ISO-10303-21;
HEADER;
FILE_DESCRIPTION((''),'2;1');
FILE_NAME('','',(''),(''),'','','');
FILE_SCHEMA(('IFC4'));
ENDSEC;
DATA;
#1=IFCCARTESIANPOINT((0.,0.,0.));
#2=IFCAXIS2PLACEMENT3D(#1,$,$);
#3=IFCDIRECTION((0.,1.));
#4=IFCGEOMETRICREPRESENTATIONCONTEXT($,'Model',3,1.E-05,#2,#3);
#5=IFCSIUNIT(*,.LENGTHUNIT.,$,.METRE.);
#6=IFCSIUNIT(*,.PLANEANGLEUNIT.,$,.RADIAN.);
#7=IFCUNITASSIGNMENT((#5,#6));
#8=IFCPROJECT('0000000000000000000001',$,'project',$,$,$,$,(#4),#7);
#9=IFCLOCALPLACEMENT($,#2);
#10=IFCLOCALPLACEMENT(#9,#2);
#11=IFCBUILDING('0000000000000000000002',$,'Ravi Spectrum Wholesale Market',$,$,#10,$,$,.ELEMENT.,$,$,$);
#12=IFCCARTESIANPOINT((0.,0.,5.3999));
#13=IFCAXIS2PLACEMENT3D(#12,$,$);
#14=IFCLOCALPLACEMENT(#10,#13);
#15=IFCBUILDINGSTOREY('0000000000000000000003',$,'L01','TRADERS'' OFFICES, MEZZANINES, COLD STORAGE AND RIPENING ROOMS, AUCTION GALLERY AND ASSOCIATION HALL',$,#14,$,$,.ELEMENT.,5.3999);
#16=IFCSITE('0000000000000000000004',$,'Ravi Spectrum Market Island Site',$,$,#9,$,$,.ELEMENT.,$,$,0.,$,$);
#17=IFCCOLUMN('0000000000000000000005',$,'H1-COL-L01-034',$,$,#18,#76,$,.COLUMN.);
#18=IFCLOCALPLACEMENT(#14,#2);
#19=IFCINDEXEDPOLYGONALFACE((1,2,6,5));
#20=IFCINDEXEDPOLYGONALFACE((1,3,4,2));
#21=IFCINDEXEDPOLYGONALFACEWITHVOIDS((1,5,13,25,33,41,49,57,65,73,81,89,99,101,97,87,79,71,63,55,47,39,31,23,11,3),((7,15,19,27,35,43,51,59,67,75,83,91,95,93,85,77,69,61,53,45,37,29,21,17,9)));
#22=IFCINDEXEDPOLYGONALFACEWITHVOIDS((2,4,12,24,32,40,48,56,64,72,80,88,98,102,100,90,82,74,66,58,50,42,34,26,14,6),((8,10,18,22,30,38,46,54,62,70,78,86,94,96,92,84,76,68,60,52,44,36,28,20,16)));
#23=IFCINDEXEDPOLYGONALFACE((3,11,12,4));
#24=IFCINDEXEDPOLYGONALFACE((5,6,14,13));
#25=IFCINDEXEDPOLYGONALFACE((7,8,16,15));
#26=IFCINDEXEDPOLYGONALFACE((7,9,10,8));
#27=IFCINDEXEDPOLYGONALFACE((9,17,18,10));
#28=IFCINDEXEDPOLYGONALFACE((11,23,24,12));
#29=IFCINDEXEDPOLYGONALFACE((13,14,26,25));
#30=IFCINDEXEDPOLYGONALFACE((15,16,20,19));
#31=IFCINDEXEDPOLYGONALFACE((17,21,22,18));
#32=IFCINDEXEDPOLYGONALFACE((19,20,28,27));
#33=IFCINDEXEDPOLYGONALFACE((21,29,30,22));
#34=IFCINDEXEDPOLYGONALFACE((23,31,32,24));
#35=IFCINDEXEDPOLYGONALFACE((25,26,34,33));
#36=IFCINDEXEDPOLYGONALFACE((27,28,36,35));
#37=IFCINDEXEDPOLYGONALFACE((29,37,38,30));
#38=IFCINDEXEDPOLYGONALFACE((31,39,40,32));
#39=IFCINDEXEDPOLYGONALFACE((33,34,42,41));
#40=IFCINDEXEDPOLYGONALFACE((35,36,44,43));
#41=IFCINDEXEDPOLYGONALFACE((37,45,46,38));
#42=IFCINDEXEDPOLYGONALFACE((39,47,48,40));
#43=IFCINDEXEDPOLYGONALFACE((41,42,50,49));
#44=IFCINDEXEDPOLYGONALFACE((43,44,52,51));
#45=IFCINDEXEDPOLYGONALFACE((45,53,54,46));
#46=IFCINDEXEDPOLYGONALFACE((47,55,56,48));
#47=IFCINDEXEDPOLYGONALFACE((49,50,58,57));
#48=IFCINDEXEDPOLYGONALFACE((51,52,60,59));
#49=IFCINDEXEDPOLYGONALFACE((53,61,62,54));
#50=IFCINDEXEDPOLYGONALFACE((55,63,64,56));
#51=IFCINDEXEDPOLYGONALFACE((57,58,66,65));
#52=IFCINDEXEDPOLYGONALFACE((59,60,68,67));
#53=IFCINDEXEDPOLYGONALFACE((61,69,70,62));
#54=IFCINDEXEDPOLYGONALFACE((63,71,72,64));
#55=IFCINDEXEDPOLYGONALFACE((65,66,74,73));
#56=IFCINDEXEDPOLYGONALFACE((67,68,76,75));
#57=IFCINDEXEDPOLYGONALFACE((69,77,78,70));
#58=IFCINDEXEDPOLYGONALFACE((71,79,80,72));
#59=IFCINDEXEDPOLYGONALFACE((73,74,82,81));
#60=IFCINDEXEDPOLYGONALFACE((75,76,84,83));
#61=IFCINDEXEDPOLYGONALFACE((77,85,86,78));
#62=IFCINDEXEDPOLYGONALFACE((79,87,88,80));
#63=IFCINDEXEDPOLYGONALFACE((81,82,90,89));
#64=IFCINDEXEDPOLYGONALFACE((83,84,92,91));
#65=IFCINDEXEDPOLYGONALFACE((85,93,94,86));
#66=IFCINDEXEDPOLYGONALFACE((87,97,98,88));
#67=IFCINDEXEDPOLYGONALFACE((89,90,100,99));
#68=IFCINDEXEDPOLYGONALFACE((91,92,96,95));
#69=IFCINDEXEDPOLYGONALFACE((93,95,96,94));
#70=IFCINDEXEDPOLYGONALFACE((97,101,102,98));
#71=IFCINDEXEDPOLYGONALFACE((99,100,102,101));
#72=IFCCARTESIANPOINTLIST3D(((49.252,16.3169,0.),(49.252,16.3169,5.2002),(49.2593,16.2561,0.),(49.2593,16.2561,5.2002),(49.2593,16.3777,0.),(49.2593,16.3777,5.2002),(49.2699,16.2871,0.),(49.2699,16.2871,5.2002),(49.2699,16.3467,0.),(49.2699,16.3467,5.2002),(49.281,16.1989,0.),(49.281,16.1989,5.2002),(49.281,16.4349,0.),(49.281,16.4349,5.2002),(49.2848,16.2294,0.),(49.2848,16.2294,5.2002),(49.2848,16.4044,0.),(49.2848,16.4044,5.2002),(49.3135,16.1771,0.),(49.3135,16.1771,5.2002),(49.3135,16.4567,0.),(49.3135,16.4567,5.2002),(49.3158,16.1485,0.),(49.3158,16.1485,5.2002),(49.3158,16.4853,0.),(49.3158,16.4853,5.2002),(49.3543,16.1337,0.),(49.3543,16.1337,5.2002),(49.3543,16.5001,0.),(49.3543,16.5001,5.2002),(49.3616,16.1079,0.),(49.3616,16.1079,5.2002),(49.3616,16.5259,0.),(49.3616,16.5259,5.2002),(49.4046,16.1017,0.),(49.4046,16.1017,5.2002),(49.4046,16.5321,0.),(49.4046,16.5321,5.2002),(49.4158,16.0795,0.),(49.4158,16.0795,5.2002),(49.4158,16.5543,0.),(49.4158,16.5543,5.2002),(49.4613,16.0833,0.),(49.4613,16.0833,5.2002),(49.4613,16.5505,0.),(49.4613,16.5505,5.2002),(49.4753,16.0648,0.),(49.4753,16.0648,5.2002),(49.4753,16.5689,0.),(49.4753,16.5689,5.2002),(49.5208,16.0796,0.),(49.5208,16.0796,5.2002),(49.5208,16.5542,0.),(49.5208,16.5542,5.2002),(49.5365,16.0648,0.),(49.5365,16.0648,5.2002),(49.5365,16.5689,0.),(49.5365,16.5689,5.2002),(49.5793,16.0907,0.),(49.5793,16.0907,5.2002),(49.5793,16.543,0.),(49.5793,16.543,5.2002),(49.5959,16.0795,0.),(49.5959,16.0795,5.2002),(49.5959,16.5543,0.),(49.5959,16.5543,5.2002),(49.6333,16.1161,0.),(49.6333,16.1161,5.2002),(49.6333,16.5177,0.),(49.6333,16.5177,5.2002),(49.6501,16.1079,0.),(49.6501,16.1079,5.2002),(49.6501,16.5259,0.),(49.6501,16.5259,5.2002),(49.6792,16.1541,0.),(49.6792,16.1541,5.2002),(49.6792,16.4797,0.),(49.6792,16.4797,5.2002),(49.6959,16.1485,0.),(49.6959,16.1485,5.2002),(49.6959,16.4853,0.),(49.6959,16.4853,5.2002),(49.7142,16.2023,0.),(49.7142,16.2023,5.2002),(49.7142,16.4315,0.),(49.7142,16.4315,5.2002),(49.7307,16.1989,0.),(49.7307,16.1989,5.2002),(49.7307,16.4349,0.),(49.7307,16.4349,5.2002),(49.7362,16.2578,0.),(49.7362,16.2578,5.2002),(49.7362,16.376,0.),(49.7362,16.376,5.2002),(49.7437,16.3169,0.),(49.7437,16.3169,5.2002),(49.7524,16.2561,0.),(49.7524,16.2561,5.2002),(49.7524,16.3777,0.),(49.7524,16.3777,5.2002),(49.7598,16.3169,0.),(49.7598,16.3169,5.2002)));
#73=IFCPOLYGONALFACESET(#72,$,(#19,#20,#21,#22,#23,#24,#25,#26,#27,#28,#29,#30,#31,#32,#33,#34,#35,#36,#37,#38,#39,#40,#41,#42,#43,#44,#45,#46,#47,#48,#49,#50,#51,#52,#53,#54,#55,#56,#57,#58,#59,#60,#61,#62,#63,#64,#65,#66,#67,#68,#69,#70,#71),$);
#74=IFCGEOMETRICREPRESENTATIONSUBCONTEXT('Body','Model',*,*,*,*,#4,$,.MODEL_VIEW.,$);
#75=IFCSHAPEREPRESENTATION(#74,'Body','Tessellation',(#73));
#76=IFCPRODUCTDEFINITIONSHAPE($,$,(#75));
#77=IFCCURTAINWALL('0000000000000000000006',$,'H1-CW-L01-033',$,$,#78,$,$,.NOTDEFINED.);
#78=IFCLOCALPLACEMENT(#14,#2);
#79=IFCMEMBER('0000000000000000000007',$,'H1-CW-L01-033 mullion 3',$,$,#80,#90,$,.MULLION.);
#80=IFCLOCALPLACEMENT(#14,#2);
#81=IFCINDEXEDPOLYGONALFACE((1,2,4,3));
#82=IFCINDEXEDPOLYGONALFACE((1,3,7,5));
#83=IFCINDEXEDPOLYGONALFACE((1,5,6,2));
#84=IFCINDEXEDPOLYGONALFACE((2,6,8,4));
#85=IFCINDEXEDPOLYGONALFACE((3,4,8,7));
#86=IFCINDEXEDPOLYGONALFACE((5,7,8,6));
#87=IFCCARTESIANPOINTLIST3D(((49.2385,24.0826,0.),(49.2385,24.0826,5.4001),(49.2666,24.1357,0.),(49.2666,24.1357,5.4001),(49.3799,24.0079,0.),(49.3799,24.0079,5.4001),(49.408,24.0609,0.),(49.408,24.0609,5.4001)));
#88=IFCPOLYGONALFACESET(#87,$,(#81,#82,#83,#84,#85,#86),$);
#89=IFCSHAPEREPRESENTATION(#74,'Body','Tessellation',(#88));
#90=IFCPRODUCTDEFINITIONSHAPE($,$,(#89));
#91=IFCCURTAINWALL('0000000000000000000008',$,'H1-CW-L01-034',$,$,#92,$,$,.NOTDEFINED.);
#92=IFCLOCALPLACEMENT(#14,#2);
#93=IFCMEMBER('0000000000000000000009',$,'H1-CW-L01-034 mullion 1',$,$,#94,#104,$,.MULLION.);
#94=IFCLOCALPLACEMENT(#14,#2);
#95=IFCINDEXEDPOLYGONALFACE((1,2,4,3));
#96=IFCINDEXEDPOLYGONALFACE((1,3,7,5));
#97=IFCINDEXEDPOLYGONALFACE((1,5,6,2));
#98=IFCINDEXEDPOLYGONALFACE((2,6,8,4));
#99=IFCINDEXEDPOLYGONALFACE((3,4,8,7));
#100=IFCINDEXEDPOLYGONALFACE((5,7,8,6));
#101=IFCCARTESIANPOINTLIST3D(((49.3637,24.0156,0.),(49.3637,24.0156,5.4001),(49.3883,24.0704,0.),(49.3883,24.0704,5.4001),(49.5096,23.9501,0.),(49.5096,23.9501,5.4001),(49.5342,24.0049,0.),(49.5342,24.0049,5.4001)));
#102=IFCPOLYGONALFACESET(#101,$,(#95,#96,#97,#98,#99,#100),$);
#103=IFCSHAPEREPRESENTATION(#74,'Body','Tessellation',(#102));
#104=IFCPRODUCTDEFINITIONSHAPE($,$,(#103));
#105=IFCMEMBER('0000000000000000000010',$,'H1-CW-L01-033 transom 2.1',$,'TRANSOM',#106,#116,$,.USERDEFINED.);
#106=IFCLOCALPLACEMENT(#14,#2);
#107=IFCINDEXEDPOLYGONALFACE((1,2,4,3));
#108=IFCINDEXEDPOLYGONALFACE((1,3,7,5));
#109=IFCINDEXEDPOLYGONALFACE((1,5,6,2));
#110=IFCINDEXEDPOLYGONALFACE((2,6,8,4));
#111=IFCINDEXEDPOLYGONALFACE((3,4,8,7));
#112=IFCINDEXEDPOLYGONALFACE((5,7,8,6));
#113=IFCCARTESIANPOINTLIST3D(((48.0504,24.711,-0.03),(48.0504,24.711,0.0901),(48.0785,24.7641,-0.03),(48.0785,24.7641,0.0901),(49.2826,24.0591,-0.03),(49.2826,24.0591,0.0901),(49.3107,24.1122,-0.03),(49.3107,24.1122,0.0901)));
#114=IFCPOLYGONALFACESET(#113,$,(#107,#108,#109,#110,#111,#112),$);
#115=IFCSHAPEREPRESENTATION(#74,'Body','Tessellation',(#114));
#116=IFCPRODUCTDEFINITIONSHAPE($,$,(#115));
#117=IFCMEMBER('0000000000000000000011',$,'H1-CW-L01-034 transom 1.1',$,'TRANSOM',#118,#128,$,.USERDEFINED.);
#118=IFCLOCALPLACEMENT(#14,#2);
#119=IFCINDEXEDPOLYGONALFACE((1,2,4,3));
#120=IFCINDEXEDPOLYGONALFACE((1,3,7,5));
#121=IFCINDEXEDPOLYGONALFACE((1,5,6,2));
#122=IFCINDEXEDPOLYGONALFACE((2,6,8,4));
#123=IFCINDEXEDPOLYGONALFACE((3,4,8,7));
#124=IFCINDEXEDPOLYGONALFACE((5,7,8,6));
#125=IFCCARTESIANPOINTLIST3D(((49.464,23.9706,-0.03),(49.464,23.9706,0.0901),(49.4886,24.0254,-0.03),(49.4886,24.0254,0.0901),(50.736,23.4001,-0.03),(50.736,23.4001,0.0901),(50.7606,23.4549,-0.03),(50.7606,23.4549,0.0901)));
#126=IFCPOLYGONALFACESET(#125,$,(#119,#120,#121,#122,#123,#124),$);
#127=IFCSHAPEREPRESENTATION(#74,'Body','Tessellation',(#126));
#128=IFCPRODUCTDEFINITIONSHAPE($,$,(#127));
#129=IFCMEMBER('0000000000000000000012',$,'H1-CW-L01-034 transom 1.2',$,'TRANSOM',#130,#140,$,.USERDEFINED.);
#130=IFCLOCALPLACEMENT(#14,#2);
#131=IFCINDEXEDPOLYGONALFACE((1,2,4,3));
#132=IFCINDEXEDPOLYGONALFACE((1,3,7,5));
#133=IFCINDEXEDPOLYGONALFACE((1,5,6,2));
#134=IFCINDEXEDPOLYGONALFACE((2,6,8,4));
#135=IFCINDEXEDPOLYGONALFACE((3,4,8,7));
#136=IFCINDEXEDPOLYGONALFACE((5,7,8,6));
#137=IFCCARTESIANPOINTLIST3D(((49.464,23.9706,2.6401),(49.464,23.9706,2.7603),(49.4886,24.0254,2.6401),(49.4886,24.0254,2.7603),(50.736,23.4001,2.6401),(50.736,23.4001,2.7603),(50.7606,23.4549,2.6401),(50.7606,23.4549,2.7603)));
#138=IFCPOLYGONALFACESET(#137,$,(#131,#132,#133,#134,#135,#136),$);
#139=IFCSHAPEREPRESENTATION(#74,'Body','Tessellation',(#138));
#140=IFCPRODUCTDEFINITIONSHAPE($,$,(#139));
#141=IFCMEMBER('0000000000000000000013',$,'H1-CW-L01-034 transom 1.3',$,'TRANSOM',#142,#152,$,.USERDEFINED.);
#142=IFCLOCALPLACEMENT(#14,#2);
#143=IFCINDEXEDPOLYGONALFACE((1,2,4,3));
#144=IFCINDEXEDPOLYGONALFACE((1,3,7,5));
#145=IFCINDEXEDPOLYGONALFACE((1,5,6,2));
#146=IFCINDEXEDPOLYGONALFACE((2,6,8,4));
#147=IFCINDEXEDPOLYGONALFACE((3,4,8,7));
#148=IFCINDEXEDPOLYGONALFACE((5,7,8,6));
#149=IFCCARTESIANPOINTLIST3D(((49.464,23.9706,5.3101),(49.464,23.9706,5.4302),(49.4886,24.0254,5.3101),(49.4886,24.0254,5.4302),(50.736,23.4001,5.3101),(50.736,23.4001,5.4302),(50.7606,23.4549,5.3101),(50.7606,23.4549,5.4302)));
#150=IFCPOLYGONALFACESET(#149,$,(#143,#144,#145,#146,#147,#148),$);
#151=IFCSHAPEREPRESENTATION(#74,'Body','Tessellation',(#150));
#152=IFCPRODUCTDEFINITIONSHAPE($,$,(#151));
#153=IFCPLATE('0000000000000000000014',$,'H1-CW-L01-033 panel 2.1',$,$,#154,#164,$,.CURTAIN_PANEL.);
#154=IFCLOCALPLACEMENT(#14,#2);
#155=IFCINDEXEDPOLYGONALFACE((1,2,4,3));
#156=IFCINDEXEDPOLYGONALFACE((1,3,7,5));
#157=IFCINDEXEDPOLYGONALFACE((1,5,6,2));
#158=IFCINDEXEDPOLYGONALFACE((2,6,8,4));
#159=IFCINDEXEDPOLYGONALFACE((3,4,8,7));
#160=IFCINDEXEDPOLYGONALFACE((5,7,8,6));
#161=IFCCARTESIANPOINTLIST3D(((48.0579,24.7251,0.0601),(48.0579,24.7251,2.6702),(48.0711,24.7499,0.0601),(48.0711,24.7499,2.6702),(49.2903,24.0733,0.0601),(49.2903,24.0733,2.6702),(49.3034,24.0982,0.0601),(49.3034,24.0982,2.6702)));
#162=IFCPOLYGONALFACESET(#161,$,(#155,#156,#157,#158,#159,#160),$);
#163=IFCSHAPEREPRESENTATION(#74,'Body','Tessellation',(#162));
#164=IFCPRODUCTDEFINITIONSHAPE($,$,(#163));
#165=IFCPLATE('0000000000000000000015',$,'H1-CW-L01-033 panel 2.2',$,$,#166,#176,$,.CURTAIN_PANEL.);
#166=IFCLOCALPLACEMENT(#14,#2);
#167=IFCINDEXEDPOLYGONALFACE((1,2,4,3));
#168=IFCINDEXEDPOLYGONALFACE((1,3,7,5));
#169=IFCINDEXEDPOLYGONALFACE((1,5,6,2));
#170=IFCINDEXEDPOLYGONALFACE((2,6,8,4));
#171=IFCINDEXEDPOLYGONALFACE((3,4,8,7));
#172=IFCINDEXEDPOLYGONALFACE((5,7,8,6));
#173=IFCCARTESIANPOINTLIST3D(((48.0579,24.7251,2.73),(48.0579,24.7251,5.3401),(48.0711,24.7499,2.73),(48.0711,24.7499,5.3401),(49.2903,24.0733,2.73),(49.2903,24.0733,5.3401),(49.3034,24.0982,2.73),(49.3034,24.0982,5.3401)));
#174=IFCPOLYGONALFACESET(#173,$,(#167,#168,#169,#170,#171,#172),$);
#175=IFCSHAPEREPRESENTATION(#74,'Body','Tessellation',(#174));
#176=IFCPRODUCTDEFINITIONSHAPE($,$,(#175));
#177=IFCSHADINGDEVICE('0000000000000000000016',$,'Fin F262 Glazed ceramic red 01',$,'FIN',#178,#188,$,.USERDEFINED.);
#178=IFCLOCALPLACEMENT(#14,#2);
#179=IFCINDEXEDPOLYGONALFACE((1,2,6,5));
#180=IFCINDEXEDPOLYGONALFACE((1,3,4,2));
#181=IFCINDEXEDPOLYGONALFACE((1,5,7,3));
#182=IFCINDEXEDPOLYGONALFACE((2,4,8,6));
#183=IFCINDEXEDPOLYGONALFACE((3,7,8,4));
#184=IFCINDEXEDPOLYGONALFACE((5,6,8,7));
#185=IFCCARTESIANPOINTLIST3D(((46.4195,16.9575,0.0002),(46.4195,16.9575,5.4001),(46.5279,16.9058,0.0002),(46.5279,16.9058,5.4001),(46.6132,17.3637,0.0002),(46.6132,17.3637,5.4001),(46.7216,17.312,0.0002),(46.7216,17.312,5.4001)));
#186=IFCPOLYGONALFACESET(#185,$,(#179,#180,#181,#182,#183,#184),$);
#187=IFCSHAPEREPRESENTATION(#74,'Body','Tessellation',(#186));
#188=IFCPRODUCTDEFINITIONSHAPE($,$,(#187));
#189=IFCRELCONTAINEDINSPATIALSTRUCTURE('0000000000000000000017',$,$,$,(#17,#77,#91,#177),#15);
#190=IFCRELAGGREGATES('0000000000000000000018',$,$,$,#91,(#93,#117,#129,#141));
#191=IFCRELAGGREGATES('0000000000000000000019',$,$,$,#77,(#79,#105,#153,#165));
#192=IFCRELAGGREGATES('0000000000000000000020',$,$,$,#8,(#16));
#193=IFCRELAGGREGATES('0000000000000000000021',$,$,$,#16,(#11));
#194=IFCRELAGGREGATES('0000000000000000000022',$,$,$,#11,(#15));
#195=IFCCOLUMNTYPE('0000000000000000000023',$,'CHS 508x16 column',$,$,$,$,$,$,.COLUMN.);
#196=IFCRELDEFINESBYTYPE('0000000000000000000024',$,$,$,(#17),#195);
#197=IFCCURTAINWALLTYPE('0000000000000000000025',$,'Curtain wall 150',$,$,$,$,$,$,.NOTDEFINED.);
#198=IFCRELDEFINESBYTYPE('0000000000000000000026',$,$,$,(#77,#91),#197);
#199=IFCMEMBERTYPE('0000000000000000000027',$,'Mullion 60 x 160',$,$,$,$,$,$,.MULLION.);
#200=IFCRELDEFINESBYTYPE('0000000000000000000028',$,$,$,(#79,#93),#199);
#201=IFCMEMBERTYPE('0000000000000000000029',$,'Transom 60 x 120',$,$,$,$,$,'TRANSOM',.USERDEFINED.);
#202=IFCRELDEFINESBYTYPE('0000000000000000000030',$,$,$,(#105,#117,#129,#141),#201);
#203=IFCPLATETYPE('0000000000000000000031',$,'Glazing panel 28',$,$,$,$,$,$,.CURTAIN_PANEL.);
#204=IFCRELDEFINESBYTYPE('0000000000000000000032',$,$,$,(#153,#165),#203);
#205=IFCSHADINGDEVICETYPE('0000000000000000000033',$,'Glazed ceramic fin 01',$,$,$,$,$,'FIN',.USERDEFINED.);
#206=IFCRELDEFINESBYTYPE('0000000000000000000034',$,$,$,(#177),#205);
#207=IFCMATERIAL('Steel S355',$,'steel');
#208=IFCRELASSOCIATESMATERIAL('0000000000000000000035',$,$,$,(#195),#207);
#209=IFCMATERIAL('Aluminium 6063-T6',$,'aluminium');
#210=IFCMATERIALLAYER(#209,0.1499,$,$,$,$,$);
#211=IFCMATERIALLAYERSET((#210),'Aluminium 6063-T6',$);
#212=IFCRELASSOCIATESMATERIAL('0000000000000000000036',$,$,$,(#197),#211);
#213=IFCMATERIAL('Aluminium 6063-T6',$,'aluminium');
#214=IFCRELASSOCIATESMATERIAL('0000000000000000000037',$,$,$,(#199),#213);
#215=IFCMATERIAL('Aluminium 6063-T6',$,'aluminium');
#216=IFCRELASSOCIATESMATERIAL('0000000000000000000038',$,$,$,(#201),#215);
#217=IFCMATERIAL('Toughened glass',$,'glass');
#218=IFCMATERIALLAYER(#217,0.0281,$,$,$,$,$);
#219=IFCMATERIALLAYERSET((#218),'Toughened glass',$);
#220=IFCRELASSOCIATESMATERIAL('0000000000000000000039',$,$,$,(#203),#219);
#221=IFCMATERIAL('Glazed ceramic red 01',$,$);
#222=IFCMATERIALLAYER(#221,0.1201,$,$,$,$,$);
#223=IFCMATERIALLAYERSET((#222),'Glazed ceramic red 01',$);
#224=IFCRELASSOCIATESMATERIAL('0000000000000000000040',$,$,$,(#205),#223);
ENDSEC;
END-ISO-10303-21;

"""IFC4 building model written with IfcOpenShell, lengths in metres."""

from ifc_helpers import new_model, si_unit, direction, frame, origin, origin_2d, place, context, subcontext, project, spatial, rectangle, hollow_circle, extrude, material, layer, layer_set, material_profile, profile_set, type_object, element, aggregate, save


model = new_model("IFC4")

# Units and contexts
model_context = context("Model", 3, precision=1e-05, world=origin(), true_north=direction((0.0, 1.0)))
body_context = subcontext(model_context, "Body", "Model", "MODEL_VIEW")
ifc_project = project(units=[si_unit("LENGTHUNIT", "METRE"), si_unit("PLANEANGLEUNIT", "RADIAN")], contexts=[model_context])

# Site, building, storey
site_placement = place(None, origin())
site = spatial("IfcSite", under=ifc_project, at=site_placement, Name="Ravi Spectrum Market Island Site", CompositionType="ELEMENT", RefElevation=0.0)
building_placement = place(site_placement, origin())
building = spatial("IfcBuilding", under=site, at=building_placement, Name="Ravi Spectrum Wholesale Market", CompositionType="ELEMENT")
storey_placement = place(building_placement, frame((0.0, 0.0, 5.3999)))
storey = spatial("IfcBuildingStorey", under=building, at=storey_placement, Name="L01", Description="TRADERS' OFFICES, MEZZANINES, COLD STORAGE AND RIPENING ROOMS, AUCTION GALLERY AND ASSOCIATION HALL", CompositionType="ELEMENT", Elevation=5.3999)

# Column
ifc_material_1 = material(Name="Steel S355", Category="steel")
ifc_material_profile_1 = material_profile(ifc_material_1, hollow_circle(Radius=0.2539, WallThickness=0.0161, at=origin_2d()))
ifc_profile_set_1 = profile_set([ifc_material_profile_1], Name="Steel S355")
column_type = type_object("IfcColumnType", Name="CHS 508x16 column", PredefinedType="COLUMN", material=ifc_profile_set_1)
column_placement = place(storey_placement, frame((49.5059, 16.3169, 0.0), z_axis=(0.0, 0.0, 1.0), x_axis=(1.0, 0.0, 0.0)))
element("IfcColumn", 1, at=column_placement, inside=storey, type_object=column_type, Name="H1-COL-L01-034", PredefinedType="COLUMN", context=body_context, shape_type="SweptSolid", body=[
    extrude(hollow_circle(Radius=0.2539, WallThickness=0.0161, at=origin_2d()), origin(), (0.0, 0.0, 1.0), 5.2002),
])

# Curtain walls, members
ifc_material_2 = material(Name="Aluminium 6063-T6", Category="aluminium")
ifc_layer_1 = layer(ifc_material_2, 0.1499)
ifc_layer_set_1 = layer_set([ifc_layer_1], Name="Aluminium 6063-T6")
curtain_wall_type = type_object("IfcCurtainWallType", Name="Curtain wall 150", PredefinedType="NOTDEFINED", material=ifc_layer_set_1)
curtain_wall_1_placement = place(storey_placement, origin())
curtain_wall_1 = element("IfcCurtainWall", 2, at=curtain_wall_1_placement, inside=storey, type_object=curtain_wall_type, Name="H1-CW-L01-033", PredefinedType="NOTDEFINED")
ifc_material_3 = material(Name="Aluminium 6063-T6", Category="aluminium")
ifc_material_profile_2 = material_profile(ifc_material_3, rectangle(XDim=0.0601, YDim=0.1599, at=origin_2d()))
ifc_profile_set_2 = profile_set([ifc_material_profile_2], Name="Aluminium 6063-T6")
member_type_1 = type_object("IfcMemberType", Name="Mullion 60 x 160", PredefinedType="MULLION", material=ifc_profile_set_2)
member_1_placement = place(storey_placement, frame((49.3232, 24.0718, 0.0), z_axis=(0.0, 0.0, 1.0), x_axis=(0.467524, 0.88398, 0.0)))
member_1 = element("IfcMember", 3, at=member_1_placement, type_object=member_type_1, Name="H1-CW-L01-033 mullion 3", PredefinedType="MULLION", context=body_context, shape_type="SweptSolid", body=[
    extrude(rectangle(XDim=0.0601, YDim=0.1599, at=origin_2d()), origin(), (0.0, 0.0, 1.0), 5.4001),
])
curtain_wall_2_placement = place(storey_placement, origin())
curtain_wall_2 = element("IfcCurtainWall", 4, at=curtain_wall_2_placement, inside=storey, type_object=curtain_wall_type, Name="H1-CW-L01-034", PredefinedType="NOTDEFINED")
member_2_placement = place(storey_placement, frame((49.449, 24.0103, 0.0), z_axis=(0.0, 0.0, 1.0), x_axis=(0.409242, 0.912426, 0.0)))
member_2 = element("IfcMember", 5, at=member_2_placement, type_object=member_type_1, Name="H1-CW-L01-034 mullion 1", PredefinedType="MULLION", context=body_context, shape_type="SweptSolid", body=[
    extrude(rectangle(XDim=0.0601, YDim=0.1599, at=origin_2d()), origin(), (0.0, 0.0, 1.0), 5.4001),
])

# Members
ifc_material_4 = material(Name="Aluminium 6063-T6", Category="aluminium")
ifc_material_profile_3 = material_profile(ifc_material_4, rectangle(XDim=0.0601, YDim=0.1201, at=origin_2d()))
ifc_profile_set_3 = profile_set([ifc_material_profile_3], Name="Aluminium 6063-T6")
member_type_2 = type_object("IfcMemberType", Name="Transom 60 x 120", ElementType="TRANSOM", PredefinedType="USERDEFINED", material=ifc_profile_set_3)
member_3_placement = place(storey_placement, frame((48.0645, 24.7375, 0.03), z_axis=(0.883928, -0.467622, 0.0), x_axis=(0.467622, 0.883928, 0.0)))
member_3 = element("IfcMember", 6, at=member_3_placement, type_object=member_type_2, Name="H1-CW-L01-033 transom 2.1", ObjectType="TRANSOM", PredefinedType="USERDEFINED", context=body_context, shape_type="SweptSolid", body=[
    extrude(rectangle(XDim=0.0601, YDim=0.1201, at=origin_2d()), origin(), (0.0, 0.0, 1.0), 1.394),
])
member_4_placement = place(storey_placement, frame((49.4763, 23.998, 0.03), z_axis=(0.912412, -0.409272, 0.0), x_axis=(0.409272, 0.912412, 0.0)))
member_4 = element("IfcMember", 7, at=member_4_placement, type_object=member_type_2, Name="H1-CW-L01-034 transom 1.1", ObjectType="TRANSOM", PredefinedType="USERDEFINED", context=body_context, shape_type="SweptSolid", body=[
    extrude(rectangle(XDim=0.0601, YDim=0.1201, at=origin_2d()), origin(), (0.0, 0.0, 1.0), 1.394),
])
member_5_placement = place(storey_placement, frame((49.4763, 23.998, 2.7002), z_axis=(0.912412, -0.409272, 0.0), x_axis=(0.409272, 0.912412, 0.0)))
member_5 = element("IfcMember", 8, at=member_5_placement, type_object=member_type_2, Name="H1-CW-L01-034 transom 1.2", ObjectType="TRANSOM", PredefinedType="USERDEFINED", context=body_context, shape_type="SweptSolid", body=[
    extrude(rectangle(XDim=0.0601, YDim=0.1201, at=origin_2d()), origin(), (0.0, 0.0, 1.0), 1.394),
])
member_6_placement = place(storey_placement, frame((49.4763, 23.998, 5.3701), z_axis=(0.912412, -0.409272, 0.0), x_axis=(0.409272, 0.912412, 0.0)))
member_6 = element("IfcMember", 9, at=member_6_placement, type_object=member_type_2, Name="H1-CW-L01-034 transom 1.3", ObjectType="TRANSOM", PredefinedType="USERDEFINED", context=body_context, shape_type="SweptSolid", body=[
    extrude(rectangle(XDim=0.0601, YDim=0.1201, at=origin_2d()), origin(), (0.0, 0.0, 1.0), 1.394),
])
aggregate(curtain_wall_2, [member_2, member_4, member_5, member_6])

# Plates
ifc_material_5 = material(Name="Toughened glass", Category="glass")
ifc_layer_2 = layer(ifc_material_5, 0.0281)
ifc_layer_set_2 = layer_set([ifc_layer_2], Name="Toughened glass")
plate_type = type_object("IfcPlateType", Name="Glazing panel 28", PredefinedType="CURTAIN_PANEL", material=ifc_layer_set_2)
plate_1_placement = place(storey_placement, frame((48.6807, 24.4116, 0.0601), z_axis=(0.0, 0.0, 1.0), x_axis=(0.88398, -0.467524, 0.0)))
plate_1 = element("IfcPlate", 10, at=plate_1_placement, type_object=plate_type, Name="H1-CW-L01-033 panel 2.1", PredefinedType="CURTAIN_PANEL", context=body_context, shape_type="SweptSolid", body=[
    extrude(rectangle(XDim=1.394, YDim=0.0281, at=origin_2d()), origin(), (0.0, 0.0, 1.0), 2.6101),
])
plate_2_placement = place(storey_placement, frame((48.6807, 24.4116, 2.73), z_axis=(0.0, 0.0, 1.0), x_axis=(0.88398, -0.467524, 0.0)))
plate_2 = element("IfcPlate", 11, at=plate_2_placement, type_object=plate_type, Name="H1-CW-L01-033 panel 2.2", PredefinedType="CURTAIN_PANEL", context=body_context, shape_type="SweptSolid", body=[
    extrude(rectangle(XDim=1.394, YDim=0.0281, at=origin_2d()), origin(), (0.0, 0.0, 1.0), 2.6101),
])
aggregate(curtain_wall_1, [member_1, member_3, plate_1, plate_2])

# Shading device
ifc_material_6 = material(Name="Glazed ceramic red 01")
ifc_layer_3 = layer(ifc_material_6, 0.1201)
ifc_layer_set_3 = layer_set([ifc_layer_3], Name="Glazed ceramic red 01")
shading_device_type = type_object("IfcShadingDeviceType", Name="Glazed ceramic fin 01", ElementType="FIN", PredefinedType="USERDEFINED", material=ifc_layer_set_3)
for number, where, z_axis, x_axis, name in (
    (12, (46.5706, 17.1348, 0.0002), (0.0, 0.0, 1.0), (0.902657, -0.43036, 0.0), "Fin F262 Glazed ceramic red 01"),
):
    element("IfcShadingDevice", number, at=place(storey_placement, frame(where, z_axis=z_axis, x_axis=x_axis)), inside=storey, type_object=shading_device_type, Name=name, ObjectType="FIN", PredefinedType="USERDEFINED", context=body_context, shape_type="SweptSolid", body=[
        extrude(rectangle(XDim=0.1201, YDim=0.45, at=origin_2d()), origin(), (0.0, 0.0, 1.0), 5.3999),
    ])

save(model, "model.ifc")
